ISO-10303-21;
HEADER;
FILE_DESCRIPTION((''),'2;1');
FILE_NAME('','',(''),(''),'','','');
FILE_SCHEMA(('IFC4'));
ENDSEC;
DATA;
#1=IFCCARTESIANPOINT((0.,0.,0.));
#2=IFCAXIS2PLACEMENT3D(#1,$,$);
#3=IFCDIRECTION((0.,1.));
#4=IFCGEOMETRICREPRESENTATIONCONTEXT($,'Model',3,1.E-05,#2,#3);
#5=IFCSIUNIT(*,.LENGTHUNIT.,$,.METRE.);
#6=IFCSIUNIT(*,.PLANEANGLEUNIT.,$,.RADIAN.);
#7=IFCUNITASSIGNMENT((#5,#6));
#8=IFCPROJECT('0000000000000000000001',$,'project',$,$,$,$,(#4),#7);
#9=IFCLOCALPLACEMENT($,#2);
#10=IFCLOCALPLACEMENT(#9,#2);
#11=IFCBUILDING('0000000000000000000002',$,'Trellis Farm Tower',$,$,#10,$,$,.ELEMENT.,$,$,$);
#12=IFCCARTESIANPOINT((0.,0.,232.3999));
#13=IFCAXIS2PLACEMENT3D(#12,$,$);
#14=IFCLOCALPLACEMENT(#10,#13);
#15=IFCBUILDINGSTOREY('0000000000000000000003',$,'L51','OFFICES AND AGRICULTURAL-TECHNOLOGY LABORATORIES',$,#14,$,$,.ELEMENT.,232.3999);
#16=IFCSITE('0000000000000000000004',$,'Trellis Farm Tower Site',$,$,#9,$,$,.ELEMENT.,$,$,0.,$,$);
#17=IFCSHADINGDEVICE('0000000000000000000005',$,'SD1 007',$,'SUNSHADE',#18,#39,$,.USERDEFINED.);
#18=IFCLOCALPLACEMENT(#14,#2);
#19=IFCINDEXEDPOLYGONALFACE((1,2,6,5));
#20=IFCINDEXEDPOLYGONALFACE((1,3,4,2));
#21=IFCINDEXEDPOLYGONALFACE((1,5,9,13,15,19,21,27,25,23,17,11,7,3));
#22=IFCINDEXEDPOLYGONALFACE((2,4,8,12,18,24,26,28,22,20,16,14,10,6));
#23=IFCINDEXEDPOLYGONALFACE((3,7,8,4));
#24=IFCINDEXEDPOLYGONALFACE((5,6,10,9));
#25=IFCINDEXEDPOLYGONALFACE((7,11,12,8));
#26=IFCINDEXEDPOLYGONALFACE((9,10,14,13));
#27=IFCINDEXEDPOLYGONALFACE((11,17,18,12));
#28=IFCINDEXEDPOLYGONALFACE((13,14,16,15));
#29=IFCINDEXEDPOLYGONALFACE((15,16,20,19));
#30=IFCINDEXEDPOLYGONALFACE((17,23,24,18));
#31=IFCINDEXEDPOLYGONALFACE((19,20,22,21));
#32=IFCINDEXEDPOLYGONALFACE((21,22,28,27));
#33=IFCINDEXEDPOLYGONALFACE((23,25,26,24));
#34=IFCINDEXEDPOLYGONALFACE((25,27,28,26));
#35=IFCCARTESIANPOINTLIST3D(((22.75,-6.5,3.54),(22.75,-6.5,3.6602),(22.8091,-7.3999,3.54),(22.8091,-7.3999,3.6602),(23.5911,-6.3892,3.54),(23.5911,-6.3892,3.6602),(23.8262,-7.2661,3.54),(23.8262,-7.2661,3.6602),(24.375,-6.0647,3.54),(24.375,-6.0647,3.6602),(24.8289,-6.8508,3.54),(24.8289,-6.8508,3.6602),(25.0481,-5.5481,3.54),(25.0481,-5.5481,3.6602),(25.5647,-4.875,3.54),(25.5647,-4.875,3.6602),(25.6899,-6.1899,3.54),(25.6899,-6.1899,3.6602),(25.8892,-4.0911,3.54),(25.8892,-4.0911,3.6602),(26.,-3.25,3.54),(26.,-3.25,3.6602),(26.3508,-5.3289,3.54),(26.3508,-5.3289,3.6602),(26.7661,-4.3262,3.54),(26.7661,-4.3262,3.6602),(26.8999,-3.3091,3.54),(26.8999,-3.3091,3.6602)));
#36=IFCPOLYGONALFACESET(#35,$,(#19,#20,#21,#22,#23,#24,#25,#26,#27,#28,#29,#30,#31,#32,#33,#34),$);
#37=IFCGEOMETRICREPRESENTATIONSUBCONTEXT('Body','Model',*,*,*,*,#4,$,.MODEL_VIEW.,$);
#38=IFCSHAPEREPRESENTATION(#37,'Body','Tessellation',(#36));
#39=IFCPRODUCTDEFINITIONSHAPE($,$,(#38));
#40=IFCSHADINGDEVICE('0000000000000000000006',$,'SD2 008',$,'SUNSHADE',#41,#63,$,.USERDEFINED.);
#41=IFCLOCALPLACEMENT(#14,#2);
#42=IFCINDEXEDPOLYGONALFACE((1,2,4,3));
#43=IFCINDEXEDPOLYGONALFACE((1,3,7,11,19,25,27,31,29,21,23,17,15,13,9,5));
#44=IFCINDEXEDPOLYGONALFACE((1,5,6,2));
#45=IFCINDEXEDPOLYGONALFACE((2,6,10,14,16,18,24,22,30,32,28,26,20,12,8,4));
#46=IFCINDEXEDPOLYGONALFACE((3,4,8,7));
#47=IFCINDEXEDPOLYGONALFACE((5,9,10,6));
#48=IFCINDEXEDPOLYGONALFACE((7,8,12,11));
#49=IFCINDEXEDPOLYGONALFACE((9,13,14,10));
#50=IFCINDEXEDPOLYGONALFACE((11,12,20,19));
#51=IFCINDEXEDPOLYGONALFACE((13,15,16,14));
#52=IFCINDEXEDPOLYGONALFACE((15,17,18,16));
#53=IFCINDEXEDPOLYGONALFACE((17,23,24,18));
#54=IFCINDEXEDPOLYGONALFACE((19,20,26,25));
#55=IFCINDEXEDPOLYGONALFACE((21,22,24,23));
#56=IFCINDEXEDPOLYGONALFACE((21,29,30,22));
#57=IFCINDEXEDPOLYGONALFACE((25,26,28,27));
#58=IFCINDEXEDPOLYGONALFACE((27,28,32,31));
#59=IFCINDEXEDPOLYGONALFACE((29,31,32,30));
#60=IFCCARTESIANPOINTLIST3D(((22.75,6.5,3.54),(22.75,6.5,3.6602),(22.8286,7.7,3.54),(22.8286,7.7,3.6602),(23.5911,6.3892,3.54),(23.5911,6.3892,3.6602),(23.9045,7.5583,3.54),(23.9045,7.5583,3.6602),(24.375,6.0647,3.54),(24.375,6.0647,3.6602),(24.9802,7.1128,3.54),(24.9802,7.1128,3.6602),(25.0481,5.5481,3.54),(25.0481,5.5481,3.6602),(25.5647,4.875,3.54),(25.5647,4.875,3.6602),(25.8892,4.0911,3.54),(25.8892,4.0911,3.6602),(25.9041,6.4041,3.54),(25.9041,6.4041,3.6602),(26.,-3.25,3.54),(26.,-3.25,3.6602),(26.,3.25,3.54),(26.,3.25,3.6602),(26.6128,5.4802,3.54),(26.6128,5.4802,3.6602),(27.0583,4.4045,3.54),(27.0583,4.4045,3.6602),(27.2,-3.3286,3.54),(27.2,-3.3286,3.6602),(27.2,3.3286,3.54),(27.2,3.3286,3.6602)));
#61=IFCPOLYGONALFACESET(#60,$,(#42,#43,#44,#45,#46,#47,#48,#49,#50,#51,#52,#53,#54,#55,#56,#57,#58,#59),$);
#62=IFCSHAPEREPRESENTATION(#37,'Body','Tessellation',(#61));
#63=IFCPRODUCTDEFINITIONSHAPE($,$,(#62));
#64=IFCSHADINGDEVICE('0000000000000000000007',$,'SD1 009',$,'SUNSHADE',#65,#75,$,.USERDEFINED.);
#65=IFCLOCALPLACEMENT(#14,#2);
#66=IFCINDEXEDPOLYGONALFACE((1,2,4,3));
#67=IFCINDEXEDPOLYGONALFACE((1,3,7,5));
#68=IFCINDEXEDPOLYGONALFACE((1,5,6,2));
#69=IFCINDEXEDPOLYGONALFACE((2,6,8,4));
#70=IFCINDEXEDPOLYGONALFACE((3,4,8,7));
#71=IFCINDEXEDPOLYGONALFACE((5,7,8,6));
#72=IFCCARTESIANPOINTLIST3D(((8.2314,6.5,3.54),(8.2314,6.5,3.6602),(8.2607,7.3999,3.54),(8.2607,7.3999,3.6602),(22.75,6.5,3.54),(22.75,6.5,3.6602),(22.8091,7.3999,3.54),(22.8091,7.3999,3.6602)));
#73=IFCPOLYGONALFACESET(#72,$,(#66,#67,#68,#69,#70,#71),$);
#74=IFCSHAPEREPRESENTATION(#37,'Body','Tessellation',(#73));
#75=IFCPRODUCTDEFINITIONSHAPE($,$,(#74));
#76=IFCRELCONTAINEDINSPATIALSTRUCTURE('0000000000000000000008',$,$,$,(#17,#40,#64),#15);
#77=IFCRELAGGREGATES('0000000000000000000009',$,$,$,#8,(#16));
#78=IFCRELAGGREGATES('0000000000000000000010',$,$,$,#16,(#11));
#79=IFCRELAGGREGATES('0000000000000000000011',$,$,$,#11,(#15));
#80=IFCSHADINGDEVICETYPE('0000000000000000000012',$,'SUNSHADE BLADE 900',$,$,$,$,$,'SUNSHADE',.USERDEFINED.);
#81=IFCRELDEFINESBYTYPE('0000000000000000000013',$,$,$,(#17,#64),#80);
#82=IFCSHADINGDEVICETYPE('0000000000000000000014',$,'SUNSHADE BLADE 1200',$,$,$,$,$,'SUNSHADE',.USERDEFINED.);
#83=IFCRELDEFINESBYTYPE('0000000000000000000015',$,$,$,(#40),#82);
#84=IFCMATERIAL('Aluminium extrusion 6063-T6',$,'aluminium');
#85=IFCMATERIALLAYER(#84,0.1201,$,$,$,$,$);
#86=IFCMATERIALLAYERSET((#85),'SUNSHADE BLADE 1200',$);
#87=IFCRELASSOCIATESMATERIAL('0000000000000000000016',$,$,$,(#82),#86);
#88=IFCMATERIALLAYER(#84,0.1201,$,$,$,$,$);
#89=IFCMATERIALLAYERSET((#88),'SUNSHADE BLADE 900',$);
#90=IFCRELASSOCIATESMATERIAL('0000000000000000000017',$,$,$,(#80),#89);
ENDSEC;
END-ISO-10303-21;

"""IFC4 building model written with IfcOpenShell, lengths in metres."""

from ifc_helpers import new_model, si_unit, direction, frame, origin, place, context, subcontext, project, spatial, polyline, outline, extrude, source, transform, mapped, material, layer, layer_set, type_object, element, save


model = new_model("IFC4")

# Units and contexts
model_context = context("Model", 3, precision=1e-05, world=origin(), true_north=direction((0.0, 1.0)))
body_context = subcontext(model_context, "Body", "Model", "MODEL_VIEW")
ifc_project = project(units=[si_unit("LENGTHUNIT", "METRE"), si_unit("PLANEANGLEUNIT", "RADIAN")], contexts=[model_context])

# Site, building, storey
site_placement = place(None, origin())
site = spatial("IfcSite", under=ifc_project, at=site_placement, Name="Trellis Farm Tower Site", CompositionType="ELEMENT", RefElevation=0.0)
building_placement = place(site_placement, origin())
building = spatial("IfcBuilding", under=site, at=building_placement, Name="Trellis Farm Tower", CompositionType="ELEMENT")
storey_placement = place(building_placement, frame((0.0, 0.0, 232.3999)))
storey = spatial("IfcBuildingStorey", under=building, at=storey_placement, Name="L51", Description="OFFICES AND AGRICULTURAL-TECHNOLOGY LABORATORIES", CompositionType="ELEMENT", Elevation=232.3999)

# Shared definitions
ifc_material_1 = material(Name="Aluminium extrusion 6063-T6", Category="aluminium")

# Shading devices
ifc_layer_1 = layer(ifc_material_1, 0.1201)
ifc_layer_set_1 = layer_set([ifc_layer_1], Name="SUNSHADE BLADE 1200")
shading_device_type_1 = type_object("IfcShadingDeviceType", Name="SUNSHADE BLADE 1200", ElementType="SUNSHADE", PredefinedType="USERDEFINED", material=ifc_layer_set_1)
placement_1 = place(storey_placement, frame((0.0, 0.0, 3.54)))
ifc_layer_2 = layer(ifc_material_1, 0.1201)
ifc_layer_set_2 = layer_set([ifc_layer_2], Name="SUNSHADE BLADE 900")
shading_device_type_2 = type_object("IfcShadingDeviceType", Name="SUNSHADE BLADE 900", ElementType="SUNSHADE", PredefinedType="USERDEFINED", material=ifc_layer_set_2)
shared_shape_1 = source(origin(), body_context, "Body", "SweptSolid", [
    extrude(outline(polyline([(22.8091, -7.3999), (23.8262, -7.2661), (24.8289, -6.8508), (25.6899, -6.1899), (26.3508, -5.3289), (26.7661, -4.3262), (26.8999, -3.3091), (26.0, -3.25), (25.8892, -4.0911), (25.5647, -4.875), (25.0481, -5.5481), (24.375, -6.0647), (23.5911, -6.3892), (22.75, -6.5), (22.8091, -7.3999)])), origin(), (0.0, 0.0, 1.0), 0.1201),
])
element("IfcShadingDevice", 1, at=placement_1, inside=storey, type_object=shading_device_type_2, Name="SD1 007", ObjectType="SUNSHADE", PredefinedType="USERDEFINED", context=body_context, shape_type="MappedRepresentation", body=[
    mapped(shared_shape_1, transform((0.0, 0.0, 0.0))),
])
shared_shape_2 = source(origin(), body_context, "Body", "SweptSolid", [
    extrude(outline(polyline([(27.2, -3.3286), (27.2, 3.3286), (27.0583, 4.4045), (26.6128, 5.4802), (25.9041, 6.4041), (24.9802, 7.1128), (23.9045, 7.5583), (22.8286, 7.7), (22.75, 6.5), (23.5911, 6.3892), (24.375, 6.0647), (25.0481, 5.5481), (25.5647, 4.875), (25.8892, 4.0911), (26.0, 3.25), (26.0, -3.25), (27.2, -3.3286)])), origin(), (0.0, 0.0, 1.0), 0.1201),
])
element("IfcShadingDevice", 2, at=placement_1, inside=storey, type_object=shading_device_type_1, Name="SD2 008", ObjectType="SUNSHADE", PredefinedType="USERDEFINED", context=body_context, shape_type="MappedRepresentation", body=[
    mapped(shared_shape_2, transform((0.0, 0.0, 0.0))),
])
shared_shape_3 = source(origin(), body_context, "Body", "SweptSolid", [
    extrude(outline(polyline([(22.8091, 7.3999), (8.2607, 7.3999), (8.2314, 6.5), (22.75, 6.5), (22.8091, 7.3999)])), origin(), (0.0, 0.0, 1.0), 0.1201),
])
element("IfcShadingDevice", 3, at=placement_1, inside=storey, type_object=shading_device_type_2, Name="SD1 009", ObjectType="SUNSHADE", PredefinedType="USERDEFINED", context=body_context, shape_type="MappedRepresentation", body=[
    mapped(shared_shape_3, transform((0.0, 0.0, 0.0))),
])

save(model, "model.ifc")
